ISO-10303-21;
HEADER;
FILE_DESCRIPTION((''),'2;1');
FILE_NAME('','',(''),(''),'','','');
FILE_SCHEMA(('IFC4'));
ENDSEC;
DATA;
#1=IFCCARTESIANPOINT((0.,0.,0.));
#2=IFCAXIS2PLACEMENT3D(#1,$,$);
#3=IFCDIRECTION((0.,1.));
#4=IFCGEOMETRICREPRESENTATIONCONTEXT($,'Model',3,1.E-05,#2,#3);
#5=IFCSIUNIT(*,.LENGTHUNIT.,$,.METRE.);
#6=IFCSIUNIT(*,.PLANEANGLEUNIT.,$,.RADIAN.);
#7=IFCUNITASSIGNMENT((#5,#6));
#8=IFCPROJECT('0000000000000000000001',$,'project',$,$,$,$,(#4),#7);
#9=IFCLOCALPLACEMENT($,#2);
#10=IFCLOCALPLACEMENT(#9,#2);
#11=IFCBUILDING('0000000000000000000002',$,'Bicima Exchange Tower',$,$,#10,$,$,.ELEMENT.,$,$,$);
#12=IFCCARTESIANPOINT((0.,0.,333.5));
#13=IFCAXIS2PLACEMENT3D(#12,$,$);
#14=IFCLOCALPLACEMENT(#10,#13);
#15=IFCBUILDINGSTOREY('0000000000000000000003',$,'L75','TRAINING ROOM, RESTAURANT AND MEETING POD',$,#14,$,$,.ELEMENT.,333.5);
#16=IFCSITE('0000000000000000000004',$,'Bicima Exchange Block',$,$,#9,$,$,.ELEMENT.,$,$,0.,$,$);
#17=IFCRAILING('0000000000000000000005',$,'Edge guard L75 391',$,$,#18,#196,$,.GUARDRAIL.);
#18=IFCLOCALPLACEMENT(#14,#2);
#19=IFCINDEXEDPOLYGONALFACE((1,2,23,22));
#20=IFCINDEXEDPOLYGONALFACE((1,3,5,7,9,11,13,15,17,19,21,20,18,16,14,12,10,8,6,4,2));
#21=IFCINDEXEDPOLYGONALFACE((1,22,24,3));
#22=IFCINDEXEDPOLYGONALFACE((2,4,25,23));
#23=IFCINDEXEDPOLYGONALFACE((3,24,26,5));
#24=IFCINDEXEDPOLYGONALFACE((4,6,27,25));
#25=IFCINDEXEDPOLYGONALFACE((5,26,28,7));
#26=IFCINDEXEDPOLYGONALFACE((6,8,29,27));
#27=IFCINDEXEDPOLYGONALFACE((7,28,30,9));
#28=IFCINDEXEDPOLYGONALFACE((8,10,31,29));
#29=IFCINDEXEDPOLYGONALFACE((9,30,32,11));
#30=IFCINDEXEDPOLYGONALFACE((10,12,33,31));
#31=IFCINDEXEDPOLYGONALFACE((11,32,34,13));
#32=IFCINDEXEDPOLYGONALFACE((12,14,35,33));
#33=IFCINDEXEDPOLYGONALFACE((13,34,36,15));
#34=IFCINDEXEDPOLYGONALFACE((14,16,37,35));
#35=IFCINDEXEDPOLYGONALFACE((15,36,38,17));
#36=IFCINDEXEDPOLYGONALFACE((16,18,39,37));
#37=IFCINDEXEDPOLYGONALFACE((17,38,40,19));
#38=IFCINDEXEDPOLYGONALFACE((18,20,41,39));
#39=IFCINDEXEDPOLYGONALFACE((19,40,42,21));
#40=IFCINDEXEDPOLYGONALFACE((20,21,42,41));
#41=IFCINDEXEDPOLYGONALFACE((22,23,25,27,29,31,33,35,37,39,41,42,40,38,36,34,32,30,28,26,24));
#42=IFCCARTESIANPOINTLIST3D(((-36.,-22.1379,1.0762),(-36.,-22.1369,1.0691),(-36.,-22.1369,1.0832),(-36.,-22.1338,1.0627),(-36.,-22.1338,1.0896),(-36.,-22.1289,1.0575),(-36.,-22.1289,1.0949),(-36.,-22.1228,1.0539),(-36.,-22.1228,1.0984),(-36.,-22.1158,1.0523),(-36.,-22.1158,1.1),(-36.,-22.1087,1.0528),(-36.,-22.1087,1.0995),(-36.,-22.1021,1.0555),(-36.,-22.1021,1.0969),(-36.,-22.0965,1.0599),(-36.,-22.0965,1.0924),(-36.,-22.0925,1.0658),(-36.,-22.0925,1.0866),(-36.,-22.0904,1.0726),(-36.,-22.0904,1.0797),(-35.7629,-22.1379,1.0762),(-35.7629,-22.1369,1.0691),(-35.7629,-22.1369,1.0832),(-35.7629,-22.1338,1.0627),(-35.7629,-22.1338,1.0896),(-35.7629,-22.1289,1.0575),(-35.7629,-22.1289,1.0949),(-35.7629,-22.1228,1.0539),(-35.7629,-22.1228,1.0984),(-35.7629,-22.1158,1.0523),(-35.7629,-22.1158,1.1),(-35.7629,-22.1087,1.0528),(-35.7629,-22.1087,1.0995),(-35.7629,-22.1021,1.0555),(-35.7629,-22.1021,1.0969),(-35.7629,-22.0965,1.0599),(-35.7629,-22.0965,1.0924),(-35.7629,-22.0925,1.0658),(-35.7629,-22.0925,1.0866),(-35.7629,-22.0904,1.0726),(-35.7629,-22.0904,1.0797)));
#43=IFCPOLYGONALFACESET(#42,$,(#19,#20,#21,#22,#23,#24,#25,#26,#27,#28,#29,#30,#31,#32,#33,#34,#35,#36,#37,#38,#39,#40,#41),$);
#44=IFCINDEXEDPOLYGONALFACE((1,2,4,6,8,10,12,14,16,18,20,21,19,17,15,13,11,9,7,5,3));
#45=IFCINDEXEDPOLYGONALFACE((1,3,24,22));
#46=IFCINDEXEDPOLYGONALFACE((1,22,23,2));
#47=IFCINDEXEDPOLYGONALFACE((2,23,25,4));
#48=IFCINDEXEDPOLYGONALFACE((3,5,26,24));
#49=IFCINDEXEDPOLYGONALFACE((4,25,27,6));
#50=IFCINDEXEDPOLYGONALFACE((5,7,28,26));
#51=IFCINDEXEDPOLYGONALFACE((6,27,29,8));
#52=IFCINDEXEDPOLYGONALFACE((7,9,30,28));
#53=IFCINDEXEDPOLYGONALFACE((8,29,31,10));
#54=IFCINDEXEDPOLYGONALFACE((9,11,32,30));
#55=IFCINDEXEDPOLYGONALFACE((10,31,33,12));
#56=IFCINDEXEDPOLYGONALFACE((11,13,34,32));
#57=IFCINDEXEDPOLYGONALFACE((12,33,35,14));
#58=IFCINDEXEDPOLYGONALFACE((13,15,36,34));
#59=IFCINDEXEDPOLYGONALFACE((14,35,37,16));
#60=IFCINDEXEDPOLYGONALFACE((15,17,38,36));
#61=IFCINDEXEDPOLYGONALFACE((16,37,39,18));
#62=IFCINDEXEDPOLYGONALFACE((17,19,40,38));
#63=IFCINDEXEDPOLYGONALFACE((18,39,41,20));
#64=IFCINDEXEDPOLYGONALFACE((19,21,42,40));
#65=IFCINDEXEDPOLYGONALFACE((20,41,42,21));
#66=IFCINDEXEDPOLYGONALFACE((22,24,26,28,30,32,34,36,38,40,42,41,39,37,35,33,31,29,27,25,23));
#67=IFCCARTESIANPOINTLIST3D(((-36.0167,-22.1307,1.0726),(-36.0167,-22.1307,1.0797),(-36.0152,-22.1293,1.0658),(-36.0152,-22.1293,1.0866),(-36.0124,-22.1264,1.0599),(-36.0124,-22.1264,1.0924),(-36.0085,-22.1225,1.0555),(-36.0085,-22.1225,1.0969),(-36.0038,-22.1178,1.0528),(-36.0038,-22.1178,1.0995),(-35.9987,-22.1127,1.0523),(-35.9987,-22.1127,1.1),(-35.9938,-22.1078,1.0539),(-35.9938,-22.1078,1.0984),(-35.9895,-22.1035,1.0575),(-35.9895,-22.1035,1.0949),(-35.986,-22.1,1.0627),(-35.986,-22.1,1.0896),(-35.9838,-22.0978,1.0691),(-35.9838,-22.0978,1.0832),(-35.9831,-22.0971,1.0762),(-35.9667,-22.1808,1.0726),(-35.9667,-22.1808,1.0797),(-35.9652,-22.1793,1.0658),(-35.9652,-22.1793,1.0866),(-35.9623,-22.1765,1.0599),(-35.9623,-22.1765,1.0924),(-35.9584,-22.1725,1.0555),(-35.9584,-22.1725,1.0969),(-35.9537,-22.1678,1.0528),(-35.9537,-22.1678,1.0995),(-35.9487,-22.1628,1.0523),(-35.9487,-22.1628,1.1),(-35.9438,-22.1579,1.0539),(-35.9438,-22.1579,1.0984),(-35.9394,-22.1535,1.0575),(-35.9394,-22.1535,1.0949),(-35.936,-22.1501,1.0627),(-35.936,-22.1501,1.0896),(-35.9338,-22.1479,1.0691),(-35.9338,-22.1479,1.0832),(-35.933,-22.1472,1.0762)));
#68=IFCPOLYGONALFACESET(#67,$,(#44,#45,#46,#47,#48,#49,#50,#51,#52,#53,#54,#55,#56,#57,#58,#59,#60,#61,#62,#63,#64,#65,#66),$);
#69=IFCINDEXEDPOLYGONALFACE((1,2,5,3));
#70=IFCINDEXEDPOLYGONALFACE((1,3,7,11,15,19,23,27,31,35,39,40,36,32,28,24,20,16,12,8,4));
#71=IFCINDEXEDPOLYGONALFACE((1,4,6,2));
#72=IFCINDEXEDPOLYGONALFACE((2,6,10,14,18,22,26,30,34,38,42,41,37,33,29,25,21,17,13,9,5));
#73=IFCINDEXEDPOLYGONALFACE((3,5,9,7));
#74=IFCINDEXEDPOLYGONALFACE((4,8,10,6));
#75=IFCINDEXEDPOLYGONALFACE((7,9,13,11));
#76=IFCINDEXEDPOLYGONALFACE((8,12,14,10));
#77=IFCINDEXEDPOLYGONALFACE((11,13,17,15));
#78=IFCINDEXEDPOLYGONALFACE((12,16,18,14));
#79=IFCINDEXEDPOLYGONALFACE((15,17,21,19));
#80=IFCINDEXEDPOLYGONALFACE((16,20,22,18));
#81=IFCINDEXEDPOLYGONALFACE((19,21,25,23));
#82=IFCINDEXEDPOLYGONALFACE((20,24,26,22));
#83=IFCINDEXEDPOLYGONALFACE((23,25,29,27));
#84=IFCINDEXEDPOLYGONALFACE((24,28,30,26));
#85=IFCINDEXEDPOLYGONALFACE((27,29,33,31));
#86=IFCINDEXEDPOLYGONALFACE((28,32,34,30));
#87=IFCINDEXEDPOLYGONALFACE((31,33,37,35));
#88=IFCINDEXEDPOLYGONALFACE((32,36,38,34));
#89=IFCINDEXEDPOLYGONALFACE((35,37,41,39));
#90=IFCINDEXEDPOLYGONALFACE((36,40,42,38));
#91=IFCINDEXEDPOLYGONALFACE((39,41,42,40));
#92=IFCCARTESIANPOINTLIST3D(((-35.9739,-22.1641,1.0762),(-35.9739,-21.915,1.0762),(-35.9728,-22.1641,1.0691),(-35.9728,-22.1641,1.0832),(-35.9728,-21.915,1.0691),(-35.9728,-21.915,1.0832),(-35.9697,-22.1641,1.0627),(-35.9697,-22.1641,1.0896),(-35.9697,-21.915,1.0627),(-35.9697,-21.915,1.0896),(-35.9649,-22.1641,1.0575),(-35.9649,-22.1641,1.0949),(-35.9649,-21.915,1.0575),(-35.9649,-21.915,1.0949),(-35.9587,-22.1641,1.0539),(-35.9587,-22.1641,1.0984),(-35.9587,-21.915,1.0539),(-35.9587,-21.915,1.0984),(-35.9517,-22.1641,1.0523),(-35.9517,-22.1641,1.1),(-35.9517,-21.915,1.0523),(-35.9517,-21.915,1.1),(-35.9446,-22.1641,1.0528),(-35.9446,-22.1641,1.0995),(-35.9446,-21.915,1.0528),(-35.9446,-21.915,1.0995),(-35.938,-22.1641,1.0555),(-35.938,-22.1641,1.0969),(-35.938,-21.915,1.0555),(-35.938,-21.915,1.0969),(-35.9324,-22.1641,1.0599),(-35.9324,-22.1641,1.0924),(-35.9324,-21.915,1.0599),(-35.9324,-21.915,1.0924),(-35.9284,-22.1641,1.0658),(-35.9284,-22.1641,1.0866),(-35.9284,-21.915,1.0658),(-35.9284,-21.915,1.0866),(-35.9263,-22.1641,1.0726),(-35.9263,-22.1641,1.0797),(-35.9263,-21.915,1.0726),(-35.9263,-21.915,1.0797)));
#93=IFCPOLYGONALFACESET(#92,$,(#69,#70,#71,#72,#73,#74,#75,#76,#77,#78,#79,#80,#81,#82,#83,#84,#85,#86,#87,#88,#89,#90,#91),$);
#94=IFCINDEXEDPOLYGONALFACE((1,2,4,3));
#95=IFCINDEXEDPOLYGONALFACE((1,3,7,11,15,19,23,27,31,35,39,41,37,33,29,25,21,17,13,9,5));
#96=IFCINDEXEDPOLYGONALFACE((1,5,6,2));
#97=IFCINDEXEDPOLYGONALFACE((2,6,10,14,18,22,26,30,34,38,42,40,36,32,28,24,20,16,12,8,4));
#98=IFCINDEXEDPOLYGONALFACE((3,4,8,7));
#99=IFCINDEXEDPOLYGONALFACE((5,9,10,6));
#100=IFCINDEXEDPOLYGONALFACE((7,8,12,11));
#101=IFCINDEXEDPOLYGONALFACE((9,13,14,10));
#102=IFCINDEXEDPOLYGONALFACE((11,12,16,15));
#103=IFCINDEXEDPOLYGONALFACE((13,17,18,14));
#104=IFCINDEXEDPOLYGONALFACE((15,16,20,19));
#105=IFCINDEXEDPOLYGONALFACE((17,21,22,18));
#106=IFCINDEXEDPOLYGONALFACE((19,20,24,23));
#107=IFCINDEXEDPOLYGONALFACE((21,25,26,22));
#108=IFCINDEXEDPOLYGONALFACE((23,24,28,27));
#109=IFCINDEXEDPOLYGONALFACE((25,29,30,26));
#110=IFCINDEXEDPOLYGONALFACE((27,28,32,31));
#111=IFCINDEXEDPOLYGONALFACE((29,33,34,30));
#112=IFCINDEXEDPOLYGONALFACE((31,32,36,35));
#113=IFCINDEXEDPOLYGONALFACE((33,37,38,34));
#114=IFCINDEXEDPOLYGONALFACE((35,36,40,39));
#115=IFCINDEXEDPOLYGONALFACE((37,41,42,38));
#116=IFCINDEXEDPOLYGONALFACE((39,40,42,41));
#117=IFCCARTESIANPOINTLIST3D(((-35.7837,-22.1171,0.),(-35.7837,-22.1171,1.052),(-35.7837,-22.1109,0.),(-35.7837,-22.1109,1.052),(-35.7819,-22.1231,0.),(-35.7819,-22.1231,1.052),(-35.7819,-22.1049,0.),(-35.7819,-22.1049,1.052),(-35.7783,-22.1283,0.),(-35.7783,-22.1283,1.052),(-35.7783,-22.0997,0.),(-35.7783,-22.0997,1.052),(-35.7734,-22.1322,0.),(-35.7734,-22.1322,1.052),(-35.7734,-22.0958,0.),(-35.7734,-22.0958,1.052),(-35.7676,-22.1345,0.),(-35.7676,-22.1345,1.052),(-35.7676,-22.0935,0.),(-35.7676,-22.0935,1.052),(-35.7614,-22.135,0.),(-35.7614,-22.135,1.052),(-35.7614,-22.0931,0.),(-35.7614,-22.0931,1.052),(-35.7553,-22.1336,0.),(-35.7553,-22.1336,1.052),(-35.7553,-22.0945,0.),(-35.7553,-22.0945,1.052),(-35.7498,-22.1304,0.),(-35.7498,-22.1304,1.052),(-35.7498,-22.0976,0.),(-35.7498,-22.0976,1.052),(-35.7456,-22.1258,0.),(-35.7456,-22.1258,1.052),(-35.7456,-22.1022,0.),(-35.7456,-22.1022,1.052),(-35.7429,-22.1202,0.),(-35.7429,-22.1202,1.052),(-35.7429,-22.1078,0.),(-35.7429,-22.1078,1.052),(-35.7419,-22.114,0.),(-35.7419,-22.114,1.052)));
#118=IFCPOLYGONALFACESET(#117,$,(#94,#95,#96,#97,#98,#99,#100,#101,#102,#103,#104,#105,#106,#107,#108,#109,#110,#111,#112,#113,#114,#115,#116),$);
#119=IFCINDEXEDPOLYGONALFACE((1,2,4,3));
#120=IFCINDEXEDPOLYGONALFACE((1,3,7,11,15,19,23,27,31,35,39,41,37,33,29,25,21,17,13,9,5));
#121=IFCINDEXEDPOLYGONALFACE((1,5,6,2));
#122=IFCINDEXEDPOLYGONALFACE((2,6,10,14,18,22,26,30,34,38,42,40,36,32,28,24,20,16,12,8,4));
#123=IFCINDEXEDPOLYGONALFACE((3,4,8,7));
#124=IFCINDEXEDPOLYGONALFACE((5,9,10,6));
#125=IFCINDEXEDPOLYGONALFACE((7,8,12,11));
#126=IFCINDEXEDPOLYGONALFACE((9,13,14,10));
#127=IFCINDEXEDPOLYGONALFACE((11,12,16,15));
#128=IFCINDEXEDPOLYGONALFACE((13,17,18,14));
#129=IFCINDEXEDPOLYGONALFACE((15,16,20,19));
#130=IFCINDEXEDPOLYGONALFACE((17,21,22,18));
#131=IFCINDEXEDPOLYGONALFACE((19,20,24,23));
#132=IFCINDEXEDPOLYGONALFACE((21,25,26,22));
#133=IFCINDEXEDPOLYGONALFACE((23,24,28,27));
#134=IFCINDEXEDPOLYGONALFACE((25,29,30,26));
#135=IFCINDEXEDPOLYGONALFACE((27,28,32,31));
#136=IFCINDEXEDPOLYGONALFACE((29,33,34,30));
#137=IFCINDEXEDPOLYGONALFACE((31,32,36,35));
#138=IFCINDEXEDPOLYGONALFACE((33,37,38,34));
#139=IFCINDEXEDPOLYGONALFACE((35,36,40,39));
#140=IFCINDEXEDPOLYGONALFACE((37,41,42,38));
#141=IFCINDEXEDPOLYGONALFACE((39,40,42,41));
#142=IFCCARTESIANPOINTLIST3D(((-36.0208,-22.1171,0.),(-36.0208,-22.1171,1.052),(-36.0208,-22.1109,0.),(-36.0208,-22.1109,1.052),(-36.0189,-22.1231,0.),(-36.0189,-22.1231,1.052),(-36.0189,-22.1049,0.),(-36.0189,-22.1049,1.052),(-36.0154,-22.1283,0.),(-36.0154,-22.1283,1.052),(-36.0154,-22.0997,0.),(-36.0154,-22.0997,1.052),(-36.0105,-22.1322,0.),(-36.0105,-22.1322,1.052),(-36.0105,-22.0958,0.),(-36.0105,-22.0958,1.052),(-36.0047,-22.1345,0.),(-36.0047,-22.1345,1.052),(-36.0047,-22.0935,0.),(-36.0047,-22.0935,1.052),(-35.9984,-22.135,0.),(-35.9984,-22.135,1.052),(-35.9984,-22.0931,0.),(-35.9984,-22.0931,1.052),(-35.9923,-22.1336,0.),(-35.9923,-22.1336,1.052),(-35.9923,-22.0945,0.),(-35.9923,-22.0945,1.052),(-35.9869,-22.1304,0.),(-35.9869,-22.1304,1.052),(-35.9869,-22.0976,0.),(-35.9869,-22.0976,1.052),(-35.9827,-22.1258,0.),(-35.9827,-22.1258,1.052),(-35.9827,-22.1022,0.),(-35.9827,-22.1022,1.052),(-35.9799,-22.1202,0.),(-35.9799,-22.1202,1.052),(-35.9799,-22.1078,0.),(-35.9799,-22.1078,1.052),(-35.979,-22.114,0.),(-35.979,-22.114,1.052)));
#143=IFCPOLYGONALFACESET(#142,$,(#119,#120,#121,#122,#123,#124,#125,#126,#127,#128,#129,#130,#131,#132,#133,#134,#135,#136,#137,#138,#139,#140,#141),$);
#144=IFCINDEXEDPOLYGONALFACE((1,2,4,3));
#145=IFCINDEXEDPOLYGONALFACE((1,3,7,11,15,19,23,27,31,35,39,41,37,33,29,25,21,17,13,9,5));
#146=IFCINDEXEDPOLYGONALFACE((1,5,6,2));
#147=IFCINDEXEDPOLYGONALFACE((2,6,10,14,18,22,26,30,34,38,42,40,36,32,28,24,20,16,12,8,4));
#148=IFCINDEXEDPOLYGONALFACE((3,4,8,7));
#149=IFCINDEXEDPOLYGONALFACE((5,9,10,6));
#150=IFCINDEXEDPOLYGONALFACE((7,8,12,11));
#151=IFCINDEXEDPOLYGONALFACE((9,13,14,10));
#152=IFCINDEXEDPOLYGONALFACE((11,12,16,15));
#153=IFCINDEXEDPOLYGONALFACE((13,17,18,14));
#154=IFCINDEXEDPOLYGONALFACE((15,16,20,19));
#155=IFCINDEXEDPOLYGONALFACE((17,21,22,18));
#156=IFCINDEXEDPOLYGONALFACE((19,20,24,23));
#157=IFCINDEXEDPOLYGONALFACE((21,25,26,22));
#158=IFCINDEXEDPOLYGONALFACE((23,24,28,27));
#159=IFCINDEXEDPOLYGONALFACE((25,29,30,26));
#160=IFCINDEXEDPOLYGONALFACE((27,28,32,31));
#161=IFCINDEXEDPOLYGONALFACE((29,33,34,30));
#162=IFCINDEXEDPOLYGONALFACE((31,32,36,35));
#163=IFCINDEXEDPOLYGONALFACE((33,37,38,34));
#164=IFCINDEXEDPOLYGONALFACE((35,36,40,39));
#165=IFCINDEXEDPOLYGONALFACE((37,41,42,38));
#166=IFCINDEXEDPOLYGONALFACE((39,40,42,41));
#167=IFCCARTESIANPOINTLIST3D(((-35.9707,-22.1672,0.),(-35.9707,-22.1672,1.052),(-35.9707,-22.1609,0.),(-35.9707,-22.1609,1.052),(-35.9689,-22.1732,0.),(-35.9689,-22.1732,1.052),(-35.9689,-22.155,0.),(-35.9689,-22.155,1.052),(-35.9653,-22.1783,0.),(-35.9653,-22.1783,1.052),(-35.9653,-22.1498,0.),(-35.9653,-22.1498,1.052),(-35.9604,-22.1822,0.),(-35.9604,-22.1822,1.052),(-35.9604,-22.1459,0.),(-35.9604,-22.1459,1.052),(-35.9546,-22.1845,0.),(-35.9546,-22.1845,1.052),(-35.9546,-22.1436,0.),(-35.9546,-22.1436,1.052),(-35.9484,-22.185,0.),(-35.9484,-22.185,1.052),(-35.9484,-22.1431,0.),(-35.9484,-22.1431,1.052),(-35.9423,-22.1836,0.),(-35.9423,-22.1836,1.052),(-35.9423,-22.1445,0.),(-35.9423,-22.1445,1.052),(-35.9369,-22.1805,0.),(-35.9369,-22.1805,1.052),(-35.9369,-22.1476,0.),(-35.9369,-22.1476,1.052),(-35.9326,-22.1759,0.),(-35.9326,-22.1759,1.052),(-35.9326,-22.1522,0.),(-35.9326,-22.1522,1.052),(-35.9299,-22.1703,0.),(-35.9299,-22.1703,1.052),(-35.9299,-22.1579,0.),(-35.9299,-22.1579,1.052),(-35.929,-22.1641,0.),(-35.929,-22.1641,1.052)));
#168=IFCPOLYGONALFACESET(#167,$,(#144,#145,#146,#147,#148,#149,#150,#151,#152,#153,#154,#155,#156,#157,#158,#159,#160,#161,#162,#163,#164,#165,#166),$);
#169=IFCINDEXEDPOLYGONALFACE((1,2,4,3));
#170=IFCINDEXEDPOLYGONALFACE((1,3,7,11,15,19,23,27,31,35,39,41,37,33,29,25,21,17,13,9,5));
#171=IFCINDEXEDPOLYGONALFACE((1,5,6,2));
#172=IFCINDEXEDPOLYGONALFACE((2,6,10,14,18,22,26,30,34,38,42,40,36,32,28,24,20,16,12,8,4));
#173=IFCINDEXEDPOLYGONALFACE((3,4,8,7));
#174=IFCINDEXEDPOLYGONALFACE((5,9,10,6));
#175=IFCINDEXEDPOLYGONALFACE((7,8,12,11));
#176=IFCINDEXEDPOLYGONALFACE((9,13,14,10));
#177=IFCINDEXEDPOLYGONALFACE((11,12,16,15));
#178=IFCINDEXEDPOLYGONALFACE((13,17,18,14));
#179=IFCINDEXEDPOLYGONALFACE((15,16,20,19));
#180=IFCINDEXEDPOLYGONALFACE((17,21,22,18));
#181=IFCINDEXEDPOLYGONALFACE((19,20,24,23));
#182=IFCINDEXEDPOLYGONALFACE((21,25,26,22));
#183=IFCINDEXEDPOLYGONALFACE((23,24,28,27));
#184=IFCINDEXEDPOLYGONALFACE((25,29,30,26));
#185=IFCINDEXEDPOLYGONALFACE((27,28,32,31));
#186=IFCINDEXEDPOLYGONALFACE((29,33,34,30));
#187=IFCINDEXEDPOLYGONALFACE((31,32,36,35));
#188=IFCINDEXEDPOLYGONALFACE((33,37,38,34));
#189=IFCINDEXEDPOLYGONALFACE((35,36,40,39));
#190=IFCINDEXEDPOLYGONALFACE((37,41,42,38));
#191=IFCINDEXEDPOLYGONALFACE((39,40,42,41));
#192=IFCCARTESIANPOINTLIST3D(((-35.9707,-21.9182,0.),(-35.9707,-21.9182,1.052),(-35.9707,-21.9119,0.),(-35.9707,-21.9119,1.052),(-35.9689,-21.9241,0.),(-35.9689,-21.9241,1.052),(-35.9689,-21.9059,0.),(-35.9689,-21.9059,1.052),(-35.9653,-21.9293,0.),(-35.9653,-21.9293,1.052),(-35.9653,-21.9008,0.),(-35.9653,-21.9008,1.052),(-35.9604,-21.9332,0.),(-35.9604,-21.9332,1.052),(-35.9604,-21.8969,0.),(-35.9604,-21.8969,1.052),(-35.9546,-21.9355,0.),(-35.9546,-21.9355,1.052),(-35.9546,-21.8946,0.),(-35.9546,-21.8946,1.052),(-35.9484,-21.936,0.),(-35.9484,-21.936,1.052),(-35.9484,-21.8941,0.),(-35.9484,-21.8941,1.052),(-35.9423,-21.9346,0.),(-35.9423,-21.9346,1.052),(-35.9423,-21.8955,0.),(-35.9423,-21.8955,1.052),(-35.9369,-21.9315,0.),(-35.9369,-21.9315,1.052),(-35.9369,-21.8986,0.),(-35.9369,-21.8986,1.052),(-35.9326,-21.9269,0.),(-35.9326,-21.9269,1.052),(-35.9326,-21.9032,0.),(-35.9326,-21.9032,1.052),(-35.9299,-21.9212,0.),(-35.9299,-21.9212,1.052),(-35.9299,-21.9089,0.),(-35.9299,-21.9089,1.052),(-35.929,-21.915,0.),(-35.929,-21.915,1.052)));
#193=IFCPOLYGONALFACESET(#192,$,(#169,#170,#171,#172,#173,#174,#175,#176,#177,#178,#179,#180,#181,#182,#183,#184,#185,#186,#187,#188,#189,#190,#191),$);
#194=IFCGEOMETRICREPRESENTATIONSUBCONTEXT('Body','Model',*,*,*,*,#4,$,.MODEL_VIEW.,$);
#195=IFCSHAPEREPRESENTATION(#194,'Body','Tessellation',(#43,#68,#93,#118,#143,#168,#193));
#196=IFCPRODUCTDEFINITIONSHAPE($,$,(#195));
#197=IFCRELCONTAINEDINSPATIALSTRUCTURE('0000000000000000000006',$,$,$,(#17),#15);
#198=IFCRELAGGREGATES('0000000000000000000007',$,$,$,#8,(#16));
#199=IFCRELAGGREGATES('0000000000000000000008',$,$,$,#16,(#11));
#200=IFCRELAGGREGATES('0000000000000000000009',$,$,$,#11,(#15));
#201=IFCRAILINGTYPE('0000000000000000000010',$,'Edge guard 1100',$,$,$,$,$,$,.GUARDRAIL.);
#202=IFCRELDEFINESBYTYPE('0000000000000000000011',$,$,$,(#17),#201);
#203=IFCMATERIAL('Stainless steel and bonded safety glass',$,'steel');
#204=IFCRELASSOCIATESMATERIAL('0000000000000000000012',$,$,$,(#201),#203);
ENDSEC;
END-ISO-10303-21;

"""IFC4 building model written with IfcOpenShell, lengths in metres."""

from ifc_helpers import new_model, si_unit, direction, frame, origin, origin_2d, place, context, subcontext, project, spatial, circle, extrude, material, type_object, element, save


model = new_model("IFC4")

# Units and contexts
model_context = context("Model", 3, precision=1e-05, world=origin(), true_north=direction((0.0, 1.0)))
body_context = subcontext(model_context, "Body", "Model", "MODEL_VIEW")
ifc_project = project(units=[si_unit("LENGTHUNIT", "METRE"), si_unit("PLANEANGLEUNIT", "RADIAN")], contexts=[model_context])

# Site, building, storey
site_placement = place(None, origin())
site = spatial("IfcSite", under=ifc_project, at=site_placement, Name="Bicima Exchange Block", CompositionType="ELEMENT", RefElevation=0.0)
building_placement = place(site_placement, origin())
building = spatial("IfcBuilding", under=site, at=building_placement, Name="Bicima Exchange Tower", CompositionType="ELEMENT")
storey_placement = place(building_placement, frame((0.0, 0.0, 333.5)))
storey = spatial("IfcBuildingStorey", under=building, at=storey_placement, Name="L75", Description="TRAINING ROOM, RESTAURANT AND MEETING POD", CompositionType="ELEMENT", Elevation=333.5)

# Railing
ifc_material_1 = material(Name="Stainless steel and bonded safety glass", Category="steel")
railing_type = type_object("IfcRailingType", Name="Edge guard 1100", PredefinedType="GUARDRAIL", material=ifc_material_1)
railing_1_placement = place(storey_placement, frame((-35.7629, -22.114, 0.0)))
element("IfcRailing", 1, at=railing_1_placement, inside=storey, type_object=railing_type, Name="Edge guard L75 391", PredefinedType="GUARDRAIL", context=body_context, shape_type="SweptSolid", body=[
    extrude(circle(Radius=0.0239, at=origin_2d()), frame((0.0, 0.0, 1.0762), z_axis=(-1.0, 0.0, 0.0), x_axis=(0.0, -1.0, 0.0)), (0.0, 0.0, 1.0), 0.2371),
    extrude(circle(Radius=0.0239, at=origin_2d()), frame((-0.2371, 0.0, 1.0762), z_axis=(0.707107, -0.707107, 0.0), x_axis=(0.707107, 0.707107, 0.0)), (0.0, 0.0, 1.0), 0.0708),
    extrude(circle(Radius=0.0239, at=origin_2d()), frame((-0.187, -0.05, 1.0762), z_axis=(0.0, 1.0, 0.0), x_axis=(-1.0, 0.0, 0.0)), (0.0, 0.0, 1.0), 0.249),
    extrude(circle(Radius=0.021, at=origin_2d()), origin(), (0.0, 0.0, 1.0), 1.052),
    extrude(circle(Radius=0.021, at=origin_2d()), frame((-0.2371, 0.0, 0.0)), (0.0, 0.0, 1.0), 1.052),
    extrude(circle(Radius=0.021, at=origin_2d()), frame((-0.187, -0.05, 0.0)), (0.0, 0.0, 1.0), 1.052),
    extrude(circle(Radius=0.021, at=origin_2d()), frame((-0.187, 0.199, 0.0)), (0.0, 0.0, 1.0), 1.052),
])

save(model, "model.ifc")
